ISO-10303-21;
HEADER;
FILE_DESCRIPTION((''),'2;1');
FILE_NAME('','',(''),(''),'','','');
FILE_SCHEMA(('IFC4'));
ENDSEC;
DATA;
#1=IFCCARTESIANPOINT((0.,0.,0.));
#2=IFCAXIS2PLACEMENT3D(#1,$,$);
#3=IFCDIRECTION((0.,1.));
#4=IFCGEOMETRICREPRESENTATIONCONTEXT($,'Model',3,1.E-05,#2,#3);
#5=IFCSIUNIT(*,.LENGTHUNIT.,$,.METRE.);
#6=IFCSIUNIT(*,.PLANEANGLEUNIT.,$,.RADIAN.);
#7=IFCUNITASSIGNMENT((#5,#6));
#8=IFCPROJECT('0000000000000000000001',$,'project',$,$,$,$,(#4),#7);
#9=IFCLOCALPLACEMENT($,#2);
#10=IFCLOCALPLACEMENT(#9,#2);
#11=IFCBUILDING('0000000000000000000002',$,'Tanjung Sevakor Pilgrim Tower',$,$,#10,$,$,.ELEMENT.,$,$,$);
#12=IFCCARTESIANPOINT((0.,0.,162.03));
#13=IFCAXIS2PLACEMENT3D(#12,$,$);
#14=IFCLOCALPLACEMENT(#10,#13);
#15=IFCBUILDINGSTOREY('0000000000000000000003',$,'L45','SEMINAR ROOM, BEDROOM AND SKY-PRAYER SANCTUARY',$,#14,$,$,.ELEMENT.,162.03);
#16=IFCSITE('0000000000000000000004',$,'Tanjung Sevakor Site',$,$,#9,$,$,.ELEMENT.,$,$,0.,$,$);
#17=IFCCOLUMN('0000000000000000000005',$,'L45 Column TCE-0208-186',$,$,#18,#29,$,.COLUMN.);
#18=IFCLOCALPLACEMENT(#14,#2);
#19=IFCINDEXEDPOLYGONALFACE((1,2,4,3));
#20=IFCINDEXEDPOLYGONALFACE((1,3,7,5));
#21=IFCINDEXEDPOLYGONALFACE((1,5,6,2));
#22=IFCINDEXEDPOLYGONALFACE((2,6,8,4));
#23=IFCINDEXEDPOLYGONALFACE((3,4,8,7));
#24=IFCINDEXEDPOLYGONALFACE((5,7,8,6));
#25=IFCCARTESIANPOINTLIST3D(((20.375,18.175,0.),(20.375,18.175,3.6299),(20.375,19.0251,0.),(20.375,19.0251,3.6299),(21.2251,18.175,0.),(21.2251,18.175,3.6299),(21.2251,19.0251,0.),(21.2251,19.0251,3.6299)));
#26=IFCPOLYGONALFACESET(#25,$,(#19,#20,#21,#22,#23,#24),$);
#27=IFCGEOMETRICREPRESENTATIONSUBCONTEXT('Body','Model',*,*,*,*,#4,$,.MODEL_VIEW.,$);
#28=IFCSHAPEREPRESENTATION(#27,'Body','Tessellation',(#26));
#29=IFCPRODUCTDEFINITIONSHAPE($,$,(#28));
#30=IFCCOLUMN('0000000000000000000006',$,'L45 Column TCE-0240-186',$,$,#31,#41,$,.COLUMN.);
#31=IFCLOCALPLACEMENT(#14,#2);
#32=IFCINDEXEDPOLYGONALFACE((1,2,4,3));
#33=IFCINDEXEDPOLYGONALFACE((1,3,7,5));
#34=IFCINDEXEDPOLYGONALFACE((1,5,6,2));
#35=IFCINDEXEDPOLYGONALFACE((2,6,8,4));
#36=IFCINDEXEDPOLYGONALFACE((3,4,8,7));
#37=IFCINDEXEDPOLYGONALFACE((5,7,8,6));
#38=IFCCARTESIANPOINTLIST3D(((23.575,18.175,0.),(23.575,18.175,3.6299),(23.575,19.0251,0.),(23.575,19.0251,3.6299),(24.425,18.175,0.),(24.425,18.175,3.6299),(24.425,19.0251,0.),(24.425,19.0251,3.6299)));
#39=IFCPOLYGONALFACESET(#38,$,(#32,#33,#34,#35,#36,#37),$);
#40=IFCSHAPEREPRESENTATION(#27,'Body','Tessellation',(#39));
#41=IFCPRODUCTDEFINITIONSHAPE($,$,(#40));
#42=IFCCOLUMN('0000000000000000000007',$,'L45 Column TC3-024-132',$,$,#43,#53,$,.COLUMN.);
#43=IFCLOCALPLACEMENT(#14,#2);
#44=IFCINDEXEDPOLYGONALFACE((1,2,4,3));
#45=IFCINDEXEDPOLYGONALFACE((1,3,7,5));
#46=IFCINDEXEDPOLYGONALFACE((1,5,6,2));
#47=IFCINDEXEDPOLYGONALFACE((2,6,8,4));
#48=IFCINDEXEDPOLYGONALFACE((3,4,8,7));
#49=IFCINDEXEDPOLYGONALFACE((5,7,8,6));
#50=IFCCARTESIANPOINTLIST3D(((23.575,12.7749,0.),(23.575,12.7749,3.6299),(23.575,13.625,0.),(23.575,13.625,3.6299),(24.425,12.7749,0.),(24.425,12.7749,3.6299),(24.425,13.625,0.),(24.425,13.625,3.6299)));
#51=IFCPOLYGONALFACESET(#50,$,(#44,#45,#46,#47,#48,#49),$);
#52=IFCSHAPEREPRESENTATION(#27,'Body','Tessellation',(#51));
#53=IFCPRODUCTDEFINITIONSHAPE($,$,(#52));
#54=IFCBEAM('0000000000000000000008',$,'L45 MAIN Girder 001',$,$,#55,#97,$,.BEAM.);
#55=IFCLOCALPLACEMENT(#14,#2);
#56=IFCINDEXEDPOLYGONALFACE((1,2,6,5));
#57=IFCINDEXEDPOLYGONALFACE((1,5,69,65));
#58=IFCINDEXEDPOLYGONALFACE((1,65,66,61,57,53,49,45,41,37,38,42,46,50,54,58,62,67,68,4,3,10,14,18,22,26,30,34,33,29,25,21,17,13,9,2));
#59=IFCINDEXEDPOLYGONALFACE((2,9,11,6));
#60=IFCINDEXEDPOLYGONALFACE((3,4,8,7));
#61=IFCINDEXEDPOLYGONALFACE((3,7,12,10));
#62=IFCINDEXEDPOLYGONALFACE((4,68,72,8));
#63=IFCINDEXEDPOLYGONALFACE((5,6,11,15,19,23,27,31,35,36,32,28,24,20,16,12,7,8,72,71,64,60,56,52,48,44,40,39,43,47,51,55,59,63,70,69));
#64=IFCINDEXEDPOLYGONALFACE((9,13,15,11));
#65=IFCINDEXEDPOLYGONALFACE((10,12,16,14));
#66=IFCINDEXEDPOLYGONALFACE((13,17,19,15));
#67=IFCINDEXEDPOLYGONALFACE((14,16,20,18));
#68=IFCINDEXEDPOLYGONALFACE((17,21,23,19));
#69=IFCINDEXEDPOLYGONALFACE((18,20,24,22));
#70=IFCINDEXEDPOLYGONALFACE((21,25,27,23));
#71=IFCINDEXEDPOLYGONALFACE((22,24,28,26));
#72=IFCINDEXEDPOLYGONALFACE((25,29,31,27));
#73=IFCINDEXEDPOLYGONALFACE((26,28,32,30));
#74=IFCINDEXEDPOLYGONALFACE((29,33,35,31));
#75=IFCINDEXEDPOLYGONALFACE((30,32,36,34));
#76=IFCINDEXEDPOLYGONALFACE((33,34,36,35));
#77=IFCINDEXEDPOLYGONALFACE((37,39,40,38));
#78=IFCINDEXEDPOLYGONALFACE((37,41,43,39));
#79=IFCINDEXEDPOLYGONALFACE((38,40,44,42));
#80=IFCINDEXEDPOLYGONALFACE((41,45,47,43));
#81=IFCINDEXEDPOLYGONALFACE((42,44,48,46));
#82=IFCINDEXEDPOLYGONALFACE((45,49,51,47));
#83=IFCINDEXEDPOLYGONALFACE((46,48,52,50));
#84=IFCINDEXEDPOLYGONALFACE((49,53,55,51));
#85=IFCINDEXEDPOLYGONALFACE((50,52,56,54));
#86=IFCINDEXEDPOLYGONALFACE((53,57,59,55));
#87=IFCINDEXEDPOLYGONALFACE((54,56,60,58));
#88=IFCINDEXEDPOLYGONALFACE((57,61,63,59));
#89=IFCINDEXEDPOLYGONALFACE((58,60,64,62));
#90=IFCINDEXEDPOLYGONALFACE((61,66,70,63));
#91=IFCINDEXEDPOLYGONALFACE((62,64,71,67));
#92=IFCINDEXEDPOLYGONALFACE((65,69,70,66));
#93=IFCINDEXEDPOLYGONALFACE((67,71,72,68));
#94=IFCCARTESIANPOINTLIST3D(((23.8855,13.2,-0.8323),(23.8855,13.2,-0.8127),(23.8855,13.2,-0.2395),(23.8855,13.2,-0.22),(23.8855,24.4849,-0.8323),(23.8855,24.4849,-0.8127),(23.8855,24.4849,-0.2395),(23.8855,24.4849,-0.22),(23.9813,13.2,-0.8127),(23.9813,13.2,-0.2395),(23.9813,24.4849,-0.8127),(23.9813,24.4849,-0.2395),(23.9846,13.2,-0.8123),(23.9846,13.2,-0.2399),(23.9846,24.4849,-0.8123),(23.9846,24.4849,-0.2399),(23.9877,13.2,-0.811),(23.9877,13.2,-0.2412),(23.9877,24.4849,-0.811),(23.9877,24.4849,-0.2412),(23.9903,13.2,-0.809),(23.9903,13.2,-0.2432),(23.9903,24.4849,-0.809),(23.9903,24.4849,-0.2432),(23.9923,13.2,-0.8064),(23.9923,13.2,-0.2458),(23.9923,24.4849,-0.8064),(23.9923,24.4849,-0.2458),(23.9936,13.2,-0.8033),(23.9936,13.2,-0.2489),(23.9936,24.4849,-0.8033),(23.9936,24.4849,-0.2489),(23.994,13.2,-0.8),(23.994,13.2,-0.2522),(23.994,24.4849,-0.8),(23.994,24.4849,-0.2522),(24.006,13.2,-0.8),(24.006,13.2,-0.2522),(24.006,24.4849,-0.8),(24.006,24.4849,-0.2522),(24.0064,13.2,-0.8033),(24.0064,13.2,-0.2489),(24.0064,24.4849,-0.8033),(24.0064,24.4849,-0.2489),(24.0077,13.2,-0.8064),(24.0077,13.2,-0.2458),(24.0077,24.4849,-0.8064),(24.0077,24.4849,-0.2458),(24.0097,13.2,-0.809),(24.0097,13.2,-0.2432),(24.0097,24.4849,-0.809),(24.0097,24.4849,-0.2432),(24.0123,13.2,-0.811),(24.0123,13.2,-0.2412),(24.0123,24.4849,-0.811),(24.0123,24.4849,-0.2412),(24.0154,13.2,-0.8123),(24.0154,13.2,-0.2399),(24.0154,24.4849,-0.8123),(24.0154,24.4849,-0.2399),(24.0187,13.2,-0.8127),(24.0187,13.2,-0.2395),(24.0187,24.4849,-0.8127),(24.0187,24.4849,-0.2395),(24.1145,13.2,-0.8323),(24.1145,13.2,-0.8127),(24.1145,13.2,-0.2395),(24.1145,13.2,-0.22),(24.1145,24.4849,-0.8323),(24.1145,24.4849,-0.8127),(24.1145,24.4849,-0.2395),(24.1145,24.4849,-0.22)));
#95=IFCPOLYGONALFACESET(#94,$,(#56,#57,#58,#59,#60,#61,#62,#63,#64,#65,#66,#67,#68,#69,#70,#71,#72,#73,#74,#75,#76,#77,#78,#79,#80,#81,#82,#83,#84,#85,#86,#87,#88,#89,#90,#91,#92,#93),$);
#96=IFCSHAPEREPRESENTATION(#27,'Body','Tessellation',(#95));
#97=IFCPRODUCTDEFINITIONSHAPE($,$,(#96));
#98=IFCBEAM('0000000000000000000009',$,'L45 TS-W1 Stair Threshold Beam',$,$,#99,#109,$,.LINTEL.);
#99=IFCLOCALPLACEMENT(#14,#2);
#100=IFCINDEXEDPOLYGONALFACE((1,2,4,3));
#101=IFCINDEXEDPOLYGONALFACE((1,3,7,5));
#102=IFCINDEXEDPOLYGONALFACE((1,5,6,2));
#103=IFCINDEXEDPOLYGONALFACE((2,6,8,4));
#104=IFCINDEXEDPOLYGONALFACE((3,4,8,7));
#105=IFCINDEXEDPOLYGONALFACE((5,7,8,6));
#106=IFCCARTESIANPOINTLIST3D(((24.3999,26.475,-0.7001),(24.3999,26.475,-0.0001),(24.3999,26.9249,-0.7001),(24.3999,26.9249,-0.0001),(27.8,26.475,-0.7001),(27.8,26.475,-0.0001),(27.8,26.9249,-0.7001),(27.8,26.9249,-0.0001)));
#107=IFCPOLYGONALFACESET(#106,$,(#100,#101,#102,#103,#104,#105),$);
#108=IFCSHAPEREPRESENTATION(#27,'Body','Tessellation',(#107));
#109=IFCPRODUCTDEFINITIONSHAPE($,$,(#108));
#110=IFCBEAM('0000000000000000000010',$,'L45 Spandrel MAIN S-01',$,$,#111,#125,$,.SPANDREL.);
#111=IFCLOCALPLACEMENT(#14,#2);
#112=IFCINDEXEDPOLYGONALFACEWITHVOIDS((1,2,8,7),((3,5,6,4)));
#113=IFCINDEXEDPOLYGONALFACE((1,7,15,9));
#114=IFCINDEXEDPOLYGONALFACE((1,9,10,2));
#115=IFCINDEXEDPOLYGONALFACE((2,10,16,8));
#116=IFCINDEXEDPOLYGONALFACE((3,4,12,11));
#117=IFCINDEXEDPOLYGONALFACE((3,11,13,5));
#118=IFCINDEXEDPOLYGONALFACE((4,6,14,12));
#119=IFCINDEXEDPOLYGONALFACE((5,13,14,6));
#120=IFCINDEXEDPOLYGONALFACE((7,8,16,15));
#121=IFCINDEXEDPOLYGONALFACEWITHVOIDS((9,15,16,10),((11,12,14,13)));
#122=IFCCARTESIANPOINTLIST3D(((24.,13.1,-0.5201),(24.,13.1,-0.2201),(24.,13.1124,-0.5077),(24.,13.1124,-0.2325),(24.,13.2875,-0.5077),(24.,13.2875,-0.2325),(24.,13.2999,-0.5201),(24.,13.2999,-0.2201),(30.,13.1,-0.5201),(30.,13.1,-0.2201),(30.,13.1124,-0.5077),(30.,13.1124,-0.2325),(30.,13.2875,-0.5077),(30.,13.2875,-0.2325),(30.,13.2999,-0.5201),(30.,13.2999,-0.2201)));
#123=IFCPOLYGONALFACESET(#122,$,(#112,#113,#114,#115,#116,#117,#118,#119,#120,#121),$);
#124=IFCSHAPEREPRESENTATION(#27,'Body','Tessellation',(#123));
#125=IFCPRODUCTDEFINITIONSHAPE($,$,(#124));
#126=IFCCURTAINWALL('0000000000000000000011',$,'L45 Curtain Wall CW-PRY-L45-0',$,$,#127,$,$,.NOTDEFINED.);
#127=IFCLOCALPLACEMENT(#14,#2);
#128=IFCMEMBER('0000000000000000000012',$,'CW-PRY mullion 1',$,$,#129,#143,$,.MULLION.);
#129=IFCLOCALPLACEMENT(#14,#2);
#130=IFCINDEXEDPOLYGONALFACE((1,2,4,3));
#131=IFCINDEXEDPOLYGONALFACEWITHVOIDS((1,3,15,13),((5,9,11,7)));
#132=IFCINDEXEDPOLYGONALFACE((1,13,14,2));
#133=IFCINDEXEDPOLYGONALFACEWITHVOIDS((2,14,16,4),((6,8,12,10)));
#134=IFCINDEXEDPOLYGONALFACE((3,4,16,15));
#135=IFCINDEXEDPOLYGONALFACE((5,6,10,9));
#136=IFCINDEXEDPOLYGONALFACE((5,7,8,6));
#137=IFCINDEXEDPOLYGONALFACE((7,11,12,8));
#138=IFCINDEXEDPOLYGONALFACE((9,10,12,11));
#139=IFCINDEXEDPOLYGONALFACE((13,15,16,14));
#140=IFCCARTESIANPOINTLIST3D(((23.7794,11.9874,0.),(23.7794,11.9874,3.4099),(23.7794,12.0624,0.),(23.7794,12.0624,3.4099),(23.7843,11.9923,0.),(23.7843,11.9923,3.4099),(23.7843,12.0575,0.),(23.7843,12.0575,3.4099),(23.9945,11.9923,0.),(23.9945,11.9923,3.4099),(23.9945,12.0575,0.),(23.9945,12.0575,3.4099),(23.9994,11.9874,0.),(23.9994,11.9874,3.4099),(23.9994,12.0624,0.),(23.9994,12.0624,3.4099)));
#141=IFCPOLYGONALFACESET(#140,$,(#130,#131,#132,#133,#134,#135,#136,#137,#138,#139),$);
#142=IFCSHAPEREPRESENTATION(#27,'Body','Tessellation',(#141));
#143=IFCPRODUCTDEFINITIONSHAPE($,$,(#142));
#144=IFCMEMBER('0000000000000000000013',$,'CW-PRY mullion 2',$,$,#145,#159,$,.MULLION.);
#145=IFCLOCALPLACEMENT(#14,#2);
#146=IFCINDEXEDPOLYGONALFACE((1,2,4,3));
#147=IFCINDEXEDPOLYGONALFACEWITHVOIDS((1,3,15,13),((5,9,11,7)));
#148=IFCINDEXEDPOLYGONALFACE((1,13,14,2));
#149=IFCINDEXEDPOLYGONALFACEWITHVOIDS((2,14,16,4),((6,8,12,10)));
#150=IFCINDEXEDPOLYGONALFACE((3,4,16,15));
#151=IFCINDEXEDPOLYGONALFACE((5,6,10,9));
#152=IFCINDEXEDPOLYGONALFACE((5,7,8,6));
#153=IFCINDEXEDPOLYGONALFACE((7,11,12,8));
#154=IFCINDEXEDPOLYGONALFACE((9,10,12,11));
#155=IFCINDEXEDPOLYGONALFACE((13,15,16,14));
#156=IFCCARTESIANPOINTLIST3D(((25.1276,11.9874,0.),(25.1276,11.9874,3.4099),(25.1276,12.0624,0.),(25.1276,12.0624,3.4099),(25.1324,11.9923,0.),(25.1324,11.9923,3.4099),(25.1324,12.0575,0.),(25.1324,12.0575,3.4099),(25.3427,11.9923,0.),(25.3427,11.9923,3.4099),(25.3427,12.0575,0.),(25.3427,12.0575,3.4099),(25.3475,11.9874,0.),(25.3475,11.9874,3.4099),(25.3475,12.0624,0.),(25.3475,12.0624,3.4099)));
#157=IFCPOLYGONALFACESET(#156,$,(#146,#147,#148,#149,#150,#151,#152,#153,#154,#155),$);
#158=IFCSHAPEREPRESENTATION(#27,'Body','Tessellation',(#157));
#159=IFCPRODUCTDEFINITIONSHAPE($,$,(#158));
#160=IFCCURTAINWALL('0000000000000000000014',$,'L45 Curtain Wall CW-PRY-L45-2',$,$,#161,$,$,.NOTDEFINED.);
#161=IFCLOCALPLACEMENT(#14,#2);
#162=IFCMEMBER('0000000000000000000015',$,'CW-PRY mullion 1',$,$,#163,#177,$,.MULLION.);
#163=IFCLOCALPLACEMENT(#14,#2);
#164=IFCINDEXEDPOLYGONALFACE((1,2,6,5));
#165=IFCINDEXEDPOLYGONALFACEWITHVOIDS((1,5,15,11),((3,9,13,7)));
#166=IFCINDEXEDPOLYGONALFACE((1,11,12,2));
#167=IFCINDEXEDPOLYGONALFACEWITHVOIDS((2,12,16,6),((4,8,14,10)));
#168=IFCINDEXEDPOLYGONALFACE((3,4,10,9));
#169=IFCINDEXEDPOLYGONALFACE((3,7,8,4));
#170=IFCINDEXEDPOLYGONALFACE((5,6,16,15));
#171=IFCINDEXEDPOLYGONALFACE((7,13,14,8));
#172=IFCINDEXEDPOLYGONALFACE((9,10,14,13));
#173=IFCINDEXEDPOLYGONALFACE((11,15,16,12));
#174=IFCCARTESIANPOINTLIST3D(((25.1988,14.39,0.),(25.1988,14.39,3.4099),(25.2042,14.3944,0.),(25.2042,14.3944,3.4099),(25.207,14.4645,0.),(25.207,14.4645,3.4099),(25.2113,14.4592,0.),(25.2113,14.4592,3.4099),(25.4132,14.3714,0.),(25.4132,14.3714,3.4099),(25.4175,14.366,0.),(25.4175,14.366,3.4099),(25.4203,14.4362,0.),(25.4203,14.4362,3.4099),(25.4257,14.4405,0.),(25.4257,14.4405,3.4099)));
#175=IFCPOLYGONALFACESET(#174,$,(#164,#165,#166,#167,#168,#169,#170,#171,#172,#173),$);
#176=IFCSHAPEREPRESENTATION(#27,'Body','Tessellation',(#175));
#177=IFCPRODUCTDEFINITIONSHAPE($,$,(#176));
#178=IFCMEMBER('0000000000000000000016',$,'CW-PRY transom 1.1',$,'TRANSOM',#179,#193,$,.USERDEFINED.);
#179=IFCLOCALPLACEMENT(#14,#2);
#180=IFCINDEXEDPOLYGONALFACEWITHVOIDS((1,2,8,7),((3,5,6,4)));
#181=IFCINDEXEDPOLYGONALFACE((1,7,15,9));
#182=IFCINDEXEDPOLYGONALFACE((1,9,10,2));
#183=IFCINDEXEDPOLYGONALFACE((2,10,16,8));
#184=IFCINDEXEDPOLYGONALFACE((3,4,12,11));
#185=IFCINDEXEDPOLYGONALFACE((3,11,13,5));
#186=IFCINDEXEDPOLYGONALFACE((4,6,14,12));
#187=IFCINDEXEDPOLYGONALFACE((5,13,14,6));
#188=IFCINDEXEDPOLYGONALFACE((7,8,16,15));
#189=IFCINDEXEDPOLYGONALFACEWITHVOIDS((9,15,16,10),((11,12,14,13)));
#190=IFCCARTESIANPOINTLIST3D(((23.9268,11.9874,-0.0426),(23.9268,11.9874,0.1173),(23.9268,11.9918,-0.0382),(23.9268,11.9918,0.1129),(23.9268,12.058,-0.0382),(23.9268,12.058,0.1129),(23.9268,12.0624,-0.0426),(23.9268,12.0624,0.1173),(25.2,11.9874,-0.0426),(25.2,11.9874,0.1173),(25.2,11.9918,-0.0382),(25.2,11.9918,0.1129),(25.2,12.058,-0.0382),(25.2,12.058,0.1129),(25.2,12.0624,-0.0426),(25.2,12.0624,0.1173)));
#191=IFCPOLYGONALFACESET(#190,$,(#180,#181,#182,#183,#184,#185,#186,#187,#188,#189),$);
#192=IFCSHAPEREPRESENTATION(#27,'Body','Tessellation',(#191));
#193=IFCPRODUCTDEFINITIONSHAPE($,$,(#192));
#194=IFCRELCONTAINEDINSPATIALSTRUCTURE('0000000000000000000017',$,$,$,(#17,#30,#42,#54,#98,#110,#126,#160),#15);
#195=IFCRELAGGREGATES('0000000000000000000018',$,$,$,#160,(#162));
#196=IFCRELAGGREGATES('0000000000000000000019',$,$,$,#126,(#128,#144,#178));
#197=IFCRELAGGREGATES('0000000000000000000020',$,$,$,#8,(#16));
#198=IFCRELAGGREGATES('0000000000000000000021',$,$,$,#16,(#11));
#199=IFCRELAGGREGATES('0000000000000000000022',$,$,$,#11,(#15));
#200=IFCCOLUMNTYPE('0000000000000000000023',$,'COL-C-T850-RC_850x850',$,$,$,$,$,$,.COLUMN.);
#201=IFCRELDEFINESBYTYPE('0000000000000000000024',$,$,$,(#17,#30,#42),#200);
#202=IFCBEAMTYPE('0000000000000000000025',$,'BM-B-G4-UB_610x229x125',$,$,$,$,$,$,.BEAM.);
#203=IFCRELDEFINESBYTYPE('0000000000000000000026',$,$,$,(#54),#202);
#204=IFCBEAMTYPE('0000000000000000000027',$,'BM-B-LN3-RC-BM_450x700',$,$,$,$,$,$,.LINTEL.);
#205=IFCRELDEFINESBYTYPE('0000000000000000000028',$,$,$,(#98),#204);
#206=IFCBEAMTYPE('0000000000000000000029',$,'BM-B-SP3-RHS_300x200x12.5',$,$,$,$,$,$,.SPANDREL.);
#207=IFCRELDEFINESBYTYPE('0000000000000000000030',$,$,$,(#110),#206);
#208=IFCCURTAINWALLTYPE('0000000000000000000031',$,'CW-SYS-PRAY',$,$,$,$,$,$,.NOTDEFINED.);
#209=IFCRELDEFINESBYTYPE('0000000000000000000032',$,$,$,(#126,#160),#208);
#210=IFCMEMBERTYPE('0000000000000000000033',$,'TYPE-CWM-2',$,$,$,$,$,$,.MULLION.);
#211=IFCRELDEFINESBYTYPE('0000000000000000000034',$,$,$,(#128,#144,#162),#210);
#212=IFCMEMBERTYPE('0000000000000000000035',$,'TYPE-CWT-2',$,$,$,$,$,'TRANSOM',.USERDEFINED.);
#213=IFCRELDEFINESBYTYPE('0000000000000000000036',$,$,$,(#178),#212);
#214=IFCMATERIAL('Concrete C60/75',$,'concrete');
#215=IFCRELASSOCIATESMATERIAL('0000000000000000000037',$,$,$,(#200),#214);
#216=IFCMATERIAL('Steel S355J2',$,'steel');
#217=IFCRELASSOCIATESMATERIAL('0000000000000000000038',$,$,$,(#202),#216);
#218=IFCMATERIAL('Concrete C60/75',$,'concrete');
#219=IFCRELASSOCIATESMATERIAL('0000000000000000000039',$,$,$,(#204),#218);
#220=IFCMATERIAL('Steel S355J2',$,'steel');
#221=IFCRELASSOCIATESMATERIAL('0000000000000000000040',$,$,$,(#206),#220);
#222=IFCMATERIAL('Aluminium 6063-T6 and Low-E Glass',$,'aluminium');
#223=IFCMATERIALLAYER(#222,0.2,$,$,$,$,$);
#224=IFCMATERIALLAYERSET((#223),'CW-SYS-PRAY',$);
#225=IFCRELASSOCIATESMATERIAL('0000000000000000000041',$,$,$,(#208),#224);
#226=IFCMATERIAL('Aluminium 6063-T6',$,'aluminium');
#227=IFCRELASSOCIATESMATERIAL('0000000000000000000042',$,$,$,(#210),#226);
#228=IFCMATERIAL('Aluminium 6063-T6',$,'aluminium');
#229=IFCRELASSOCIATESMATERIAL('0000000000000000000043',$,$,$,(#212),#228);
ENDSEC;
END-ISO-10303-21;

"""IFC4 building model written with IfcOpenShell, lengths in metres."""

from ifc_helpers import new_model, si_unit, direction, frame, origin, origin_2d, place, context, subcontext, project, spatial, rectangle, hollow_rectangle, i_section, extrude, material, layer, layer_set, material_profile, profile_set, type_object, element, aggregate, save


model = new_model("IFC4")

# Units and contexts
model_context = context("Model", 3, precision=1e-05, world=origin(), true_north=direction((0.0, 1.0)))
body_context = subcontext(model_context, "Body", "Model", "MODEL_VIEW")
ifc_project = project(units=[si_unit("LENGTHUNIT", "METRE"), si_unit("PLANEANGLEUNIT", "RADIAN")], contexts=[model_context])

# Site, building, storey
site_placement = place(None, origin())
site = spatial("IfcSite", under=ifc_project, at=site_placement, Name="Tanjung Sevakor Site", CompositionType="ELEMENT", RefElevation=0.0)
building_placement = place(site_placement, origin())
building = spatial("IfcBuilding", under=site, at=building_placement, Name="Tanjung Sevakor Pilgrim Tower", CompositionType="ELEMENT")
storey_placement = place(building_placement, frame((0.0, 0.0, 162.03)))
storey = spatial("IfcBuildingStorey", under=building, at=storey_placement, Name="L45", Description="SEMINAR ROOM, BEDROOM AND SKY-PRAYER SANCTUARY", CompositionType="ELEMENT", Elevation=162.03)

# Columns
ifc_material_1 = material(Name="Concrete C60/75", Category="concrete")
ifc_material_profile_1 = material_profile(ifc_material_1, rectangle(XDim=0.8501, YDim=0.8501, at=origin_2d()))
ifc_profile_set_1 = profile_set([ifc_material_profile_1], Name="Concrete C60/75")
column_type = type_object("IfcColumnType", Name="COL-C-T850-RC_850x850", PredefinedType="COLUMN", material=ifc_profile_set_1)
for number, where, z_axis, x_axis, name in (
    (1, (20.8, 18.6001, 0.0), (0.0, 0.0, 1.0), (1.0, 0.0, 0.0), "L45 Column TCE-0208-186"),
    (2, (24.0, 18.6001, 0.0), (0.0, 0.0, 1.0), (1.0, 0.0, 0.0), "L45 Column TCE-0240-186"),
    (3, (24.0, 13.2, 0.0), (0.0, 0.0, 1.0), (1.0, 0.0, 0.0), "L45 Column TC3-024-132"),
):
    element("IfcColumn", number, at=place(storey_placement, frame(where, z_axis=z_axis, x_axis=x_axis)), inside=storey, type_object=column_type, Name=name, PredefinedType="COLUMN", context=body_context, shape_type="SweptSolid", body=[
        extrude(rectangle(XDim=0.8501, YDim=0.8501, at=origin_2d()), origin(), (0.0, 0.0, 1.0), 3.6299),
    ])

# Beams
ifc_material_2 = material(Name="Steel S355J2", Category="steel")
ifc_material_profile_2 = material_profile(ifc_material_2, i_section(OverallWidth=0.229, OverallDepth=0.6123, WebThickness=0.012, FlangeThickness=0.0195, FilletRadius=0.0127, at=origin_2d()))
ifc_profile_set_2 = profile_set([ifc_material_profile_2], Name="Steel S355J2")
beam_type_1 = type_object("IfcBeamType", Name="BM-B-G4-UB_610x229x125", PredefinedType="BEAM", material=ifc_profile_set_2)
beam_1_placement = place(storey_placement, frame((24.0, 13.2, -0.5261), z_axis=(0.0, 1.0, 0.0), x_axis=(-1.0, 0.0, 0.0)))
element("IfcBeam", 4, at=beam_1_placement, inside=storey, type_object=beam_type_1, Name="L45 MAIN Girder 001", PredefinedType="BEAM", context=body_context, shape_type="SweptSolid", body=[
    extrude(i_section(OverallWidth=0.229, OverallDepth=0.6123, WebThickness=0.012, FlangeThickness=0.0195, FilletRadius=0.0127, at=origin_2d()), origin(), (0.0, 0.0, 1.0), 11.2849),
])
ifc_material_3 = material(Name="Concrete C60/75", Category="concrete")
ifc_material_profile_3 = material_profile(ifc_material_3, rectangle(XDim=0.45, YDim=0.7, at=origin_2d()))
ifc_profile_set_3 = profile_set([ifc_material_profile_3], Name="Concrete C60/75")
beam_type_2 = type_object("IfcBeamType", Name="BM-B-LN3-RC-BM_450x700", PredefinedType="LINTEL", material=ifc_profile_set_3)
beam_2_placement = place(storey_placement, frame((24.3999, 26.7, -0.3501), z_axis=(1.0, 0.0, 0.0), x_axis=(0.0, 1.0, 0.0)))
element("IfcBeam", 5, at=beam_2_placement, inside=storey, type_object=beam_type_2, Name="L45 TS-W1 Stair Threshold Beam", PredefinedType="LINTEL", context=body_context, shape_type="SweptSolid", body=[
    extrude(rectangle(XDim=0.45, YDim=0.7, at=origin_2d()), origin(), (0.0, 0.0, 1.0), 3.4001),
])
ifc_material_4 = material(Name="Steel S355J2", Category="steel")
ifc_material_profile_4 = material_profile(ifc_material_4, hollow_rectangle(XDim=0.2, YDim=0.3, WallThickness=0.0125, at=origin_2d()))
ifc_profile_set_4 = profile_set([ifc_material_profile_4], Name="Steel S355J2")
beam_type_3 = type_object("IfcBeamType", Name="BM-B-SP3-RHS_300x200x12.5", PredefinedType="SPANDREL", material=ifc_profile_set_4)
beam_3_placement = place(storey_placement, frame((24.0, 13.2, -0.3701), z_axis=(1.0, 0.0, 0.0), x_axis=(0.0, 1.0, 0.0)))
element("IfcBeam", 6, at=beam_3_placement, inside=storey, type_object=beam_type_3, Name="L45 Spandrel MAIN S-01", PredefinedType="SPANDREL", context=body_context, shape_type="SweptSolid", body=[
    extrude(hollow_rectangle(XDim=0.2, YDim=0.3, WallThickness=0.0125, at=origin_2d()), origin(), (0.0, 0.0, 1.0), 6.0),
])

# Curtain wall, members
ifc_material_5 = material(Name="Aluminium 6063-T6 and Low-E Glass", Category="aluminium")
ifc_layer_1 = layer(ifc_material_5, 0.2)
ifc_layer_set_1 = layer_set([ifc_layer_1], Name="CW-SYS-PRAY")
curtain_wall_type = type_object("IfcCurtainWallType", Name="CW-SYS-PRAY", PredefinedType="NOTDEFINED", material=ifc_layer_set_1)
curtain_wall_1_placement = place(storey_placement, origin())
curtain_wall_1 = element("IfcCurtainWall", 7, at=curtain_wall_1_placement, inside=storey, type_object=curtain_wall_type, Name="L45 Curtain Wall CW-PRY-L45-0", PredefinedType="NOTDEFINED")
ifc_material_6 = material(Name="Aluminium 6063-T6", Category="aluminium")
ifc_material_profile_5 = material_profile(ifc_material_6, hollow_rectangle(XDim=0.075, YDim=0.22, WallThickness=0.0049, at=origin_2d()))
ifc_profile_set_5 = profile_set([ifc_material_profile_5], Name="Aluminium 6063-T6")
member_type_1 = type_object("IfcMemberType", Name="TYPE-CWM-2", PredefinedType="MULLION", material=ifc_profile_set_5)
member_1_placement = place(storey_placement, frame((23.8894, 12.0249, 0.0), z_axis=(0.0, 0.0, 1.0), x_axis=(0.0, 1.0, 0.0)))
member_1 = element("IfcMember", 8, at=member_1_placement, type_object=member_type_1, Name="CW-PRY mullion 1", PredefinedType="MULLION", context=body_context, shape_type="SweptSolid", body=[
    extrude(hollow_rectangle(XDim=0.075, YDim=0.22, WallThickness=0.0049, at=origin_2d()), origin(), (0.0, 0.0, 1.0), 3.4099),
])
member_2_placement = place(storey_placement, frame((25.2375, 12.0249, 0.0), z_axis=(0.0, 0.0, 1.0), x_axis=(0.0, 1.0, 0.0)))
member_2 = element("IfcMember", 9, at=member_2_placement, type_object=member_type_1, Name="CW-PRY mullion 2", PredefinedType="MULLION", context=body_context, shape_type="SweptSolid", body=[
    extrude(hollow_rectangle(XDim=0.075, YDim=0.22, WallThickness=0.0049, at=origin_2d()), origin(), (0.0, 0.0, 1.0), 3.4099),
])

# Curtain wall, member
curtain_wall_2_placement = place(storey_placement, origin())
curtain_wall_2 = element("IfcCurtainWall", 10, at=curtain_wall_2_placement, inside=storey, type_object=curtain_wall_type, Name="L45 Curtain Wall CW-PRY-L45-2", PredefinedType="NOTDEFINED")
member_3_placement = place(storey_placement, frame((25.3123, 14.4153, 0.0), z_axis=(0.0, 0.0, 1.0), x_axis=(0.109225, 0.994017, 0.0)))
member_3 = element("IfcMember", 11, at=member_3_placement, type_object=member_type_1, Name="CW-PRY mullion 1", PredefinedType="MULLION", context=body_context, shape_type="SweptSolid", body=[
    extrude(hollow_rectangle(XDim=0.075, YDim=0.22, WallThickness=0.0049, at=origin_2d()), origin(), (0.0, 0.0, 1.0), 3.4099),
])
aggregate(curtain_wall_2, [member_3])

# Member
ifc_material_7 = material(Name="Aluminium 6063-T6", Category="aluminium")
ifc_material_profile_6 = material_profile(ifc_material_7, hollow_rectangle(XDim=0.075, YDim=0.1599, WallThickness=0.0044, at=origin_2d()))
ifc_profile_set_6 = profile_set([ifc_material_profile_6], Name="Aluminium 6063-T6")
member_type_2 = type_object("IfcMemberType", Name="TYPE-CWT-2", ElementType="TRANSOM", PredefinedType="USERDEFINED", material=ifc_profile_set_6)
member_4_placement = place(storey_placement, frame((23.9268, 12.0249, 0.0374), z_axis=(1.0, 0.0, 0.0), x_axis=(0.0, 1.0, 0.0)))
member_4 = element("IfcMember", 12, at=member_4_placement, type_object=member_type_2, Name="CW-PRY transom 1.1", ObjectType="TRANSOM", PredefinedType="USERDEFINED", context=body_context, shape_type="SweptSolid", body=[
    extrude(hollow_rectangle(XDim=0.075, YDim=0.1599, WallThickness=0.0044, at=origin_2d()), origin(), (0.0, 0.0, 1.0), 1.2732),
])

aggregate(curtain_wall_1, [member_1, member_2, member_4])

save(model, "model.ifc")
